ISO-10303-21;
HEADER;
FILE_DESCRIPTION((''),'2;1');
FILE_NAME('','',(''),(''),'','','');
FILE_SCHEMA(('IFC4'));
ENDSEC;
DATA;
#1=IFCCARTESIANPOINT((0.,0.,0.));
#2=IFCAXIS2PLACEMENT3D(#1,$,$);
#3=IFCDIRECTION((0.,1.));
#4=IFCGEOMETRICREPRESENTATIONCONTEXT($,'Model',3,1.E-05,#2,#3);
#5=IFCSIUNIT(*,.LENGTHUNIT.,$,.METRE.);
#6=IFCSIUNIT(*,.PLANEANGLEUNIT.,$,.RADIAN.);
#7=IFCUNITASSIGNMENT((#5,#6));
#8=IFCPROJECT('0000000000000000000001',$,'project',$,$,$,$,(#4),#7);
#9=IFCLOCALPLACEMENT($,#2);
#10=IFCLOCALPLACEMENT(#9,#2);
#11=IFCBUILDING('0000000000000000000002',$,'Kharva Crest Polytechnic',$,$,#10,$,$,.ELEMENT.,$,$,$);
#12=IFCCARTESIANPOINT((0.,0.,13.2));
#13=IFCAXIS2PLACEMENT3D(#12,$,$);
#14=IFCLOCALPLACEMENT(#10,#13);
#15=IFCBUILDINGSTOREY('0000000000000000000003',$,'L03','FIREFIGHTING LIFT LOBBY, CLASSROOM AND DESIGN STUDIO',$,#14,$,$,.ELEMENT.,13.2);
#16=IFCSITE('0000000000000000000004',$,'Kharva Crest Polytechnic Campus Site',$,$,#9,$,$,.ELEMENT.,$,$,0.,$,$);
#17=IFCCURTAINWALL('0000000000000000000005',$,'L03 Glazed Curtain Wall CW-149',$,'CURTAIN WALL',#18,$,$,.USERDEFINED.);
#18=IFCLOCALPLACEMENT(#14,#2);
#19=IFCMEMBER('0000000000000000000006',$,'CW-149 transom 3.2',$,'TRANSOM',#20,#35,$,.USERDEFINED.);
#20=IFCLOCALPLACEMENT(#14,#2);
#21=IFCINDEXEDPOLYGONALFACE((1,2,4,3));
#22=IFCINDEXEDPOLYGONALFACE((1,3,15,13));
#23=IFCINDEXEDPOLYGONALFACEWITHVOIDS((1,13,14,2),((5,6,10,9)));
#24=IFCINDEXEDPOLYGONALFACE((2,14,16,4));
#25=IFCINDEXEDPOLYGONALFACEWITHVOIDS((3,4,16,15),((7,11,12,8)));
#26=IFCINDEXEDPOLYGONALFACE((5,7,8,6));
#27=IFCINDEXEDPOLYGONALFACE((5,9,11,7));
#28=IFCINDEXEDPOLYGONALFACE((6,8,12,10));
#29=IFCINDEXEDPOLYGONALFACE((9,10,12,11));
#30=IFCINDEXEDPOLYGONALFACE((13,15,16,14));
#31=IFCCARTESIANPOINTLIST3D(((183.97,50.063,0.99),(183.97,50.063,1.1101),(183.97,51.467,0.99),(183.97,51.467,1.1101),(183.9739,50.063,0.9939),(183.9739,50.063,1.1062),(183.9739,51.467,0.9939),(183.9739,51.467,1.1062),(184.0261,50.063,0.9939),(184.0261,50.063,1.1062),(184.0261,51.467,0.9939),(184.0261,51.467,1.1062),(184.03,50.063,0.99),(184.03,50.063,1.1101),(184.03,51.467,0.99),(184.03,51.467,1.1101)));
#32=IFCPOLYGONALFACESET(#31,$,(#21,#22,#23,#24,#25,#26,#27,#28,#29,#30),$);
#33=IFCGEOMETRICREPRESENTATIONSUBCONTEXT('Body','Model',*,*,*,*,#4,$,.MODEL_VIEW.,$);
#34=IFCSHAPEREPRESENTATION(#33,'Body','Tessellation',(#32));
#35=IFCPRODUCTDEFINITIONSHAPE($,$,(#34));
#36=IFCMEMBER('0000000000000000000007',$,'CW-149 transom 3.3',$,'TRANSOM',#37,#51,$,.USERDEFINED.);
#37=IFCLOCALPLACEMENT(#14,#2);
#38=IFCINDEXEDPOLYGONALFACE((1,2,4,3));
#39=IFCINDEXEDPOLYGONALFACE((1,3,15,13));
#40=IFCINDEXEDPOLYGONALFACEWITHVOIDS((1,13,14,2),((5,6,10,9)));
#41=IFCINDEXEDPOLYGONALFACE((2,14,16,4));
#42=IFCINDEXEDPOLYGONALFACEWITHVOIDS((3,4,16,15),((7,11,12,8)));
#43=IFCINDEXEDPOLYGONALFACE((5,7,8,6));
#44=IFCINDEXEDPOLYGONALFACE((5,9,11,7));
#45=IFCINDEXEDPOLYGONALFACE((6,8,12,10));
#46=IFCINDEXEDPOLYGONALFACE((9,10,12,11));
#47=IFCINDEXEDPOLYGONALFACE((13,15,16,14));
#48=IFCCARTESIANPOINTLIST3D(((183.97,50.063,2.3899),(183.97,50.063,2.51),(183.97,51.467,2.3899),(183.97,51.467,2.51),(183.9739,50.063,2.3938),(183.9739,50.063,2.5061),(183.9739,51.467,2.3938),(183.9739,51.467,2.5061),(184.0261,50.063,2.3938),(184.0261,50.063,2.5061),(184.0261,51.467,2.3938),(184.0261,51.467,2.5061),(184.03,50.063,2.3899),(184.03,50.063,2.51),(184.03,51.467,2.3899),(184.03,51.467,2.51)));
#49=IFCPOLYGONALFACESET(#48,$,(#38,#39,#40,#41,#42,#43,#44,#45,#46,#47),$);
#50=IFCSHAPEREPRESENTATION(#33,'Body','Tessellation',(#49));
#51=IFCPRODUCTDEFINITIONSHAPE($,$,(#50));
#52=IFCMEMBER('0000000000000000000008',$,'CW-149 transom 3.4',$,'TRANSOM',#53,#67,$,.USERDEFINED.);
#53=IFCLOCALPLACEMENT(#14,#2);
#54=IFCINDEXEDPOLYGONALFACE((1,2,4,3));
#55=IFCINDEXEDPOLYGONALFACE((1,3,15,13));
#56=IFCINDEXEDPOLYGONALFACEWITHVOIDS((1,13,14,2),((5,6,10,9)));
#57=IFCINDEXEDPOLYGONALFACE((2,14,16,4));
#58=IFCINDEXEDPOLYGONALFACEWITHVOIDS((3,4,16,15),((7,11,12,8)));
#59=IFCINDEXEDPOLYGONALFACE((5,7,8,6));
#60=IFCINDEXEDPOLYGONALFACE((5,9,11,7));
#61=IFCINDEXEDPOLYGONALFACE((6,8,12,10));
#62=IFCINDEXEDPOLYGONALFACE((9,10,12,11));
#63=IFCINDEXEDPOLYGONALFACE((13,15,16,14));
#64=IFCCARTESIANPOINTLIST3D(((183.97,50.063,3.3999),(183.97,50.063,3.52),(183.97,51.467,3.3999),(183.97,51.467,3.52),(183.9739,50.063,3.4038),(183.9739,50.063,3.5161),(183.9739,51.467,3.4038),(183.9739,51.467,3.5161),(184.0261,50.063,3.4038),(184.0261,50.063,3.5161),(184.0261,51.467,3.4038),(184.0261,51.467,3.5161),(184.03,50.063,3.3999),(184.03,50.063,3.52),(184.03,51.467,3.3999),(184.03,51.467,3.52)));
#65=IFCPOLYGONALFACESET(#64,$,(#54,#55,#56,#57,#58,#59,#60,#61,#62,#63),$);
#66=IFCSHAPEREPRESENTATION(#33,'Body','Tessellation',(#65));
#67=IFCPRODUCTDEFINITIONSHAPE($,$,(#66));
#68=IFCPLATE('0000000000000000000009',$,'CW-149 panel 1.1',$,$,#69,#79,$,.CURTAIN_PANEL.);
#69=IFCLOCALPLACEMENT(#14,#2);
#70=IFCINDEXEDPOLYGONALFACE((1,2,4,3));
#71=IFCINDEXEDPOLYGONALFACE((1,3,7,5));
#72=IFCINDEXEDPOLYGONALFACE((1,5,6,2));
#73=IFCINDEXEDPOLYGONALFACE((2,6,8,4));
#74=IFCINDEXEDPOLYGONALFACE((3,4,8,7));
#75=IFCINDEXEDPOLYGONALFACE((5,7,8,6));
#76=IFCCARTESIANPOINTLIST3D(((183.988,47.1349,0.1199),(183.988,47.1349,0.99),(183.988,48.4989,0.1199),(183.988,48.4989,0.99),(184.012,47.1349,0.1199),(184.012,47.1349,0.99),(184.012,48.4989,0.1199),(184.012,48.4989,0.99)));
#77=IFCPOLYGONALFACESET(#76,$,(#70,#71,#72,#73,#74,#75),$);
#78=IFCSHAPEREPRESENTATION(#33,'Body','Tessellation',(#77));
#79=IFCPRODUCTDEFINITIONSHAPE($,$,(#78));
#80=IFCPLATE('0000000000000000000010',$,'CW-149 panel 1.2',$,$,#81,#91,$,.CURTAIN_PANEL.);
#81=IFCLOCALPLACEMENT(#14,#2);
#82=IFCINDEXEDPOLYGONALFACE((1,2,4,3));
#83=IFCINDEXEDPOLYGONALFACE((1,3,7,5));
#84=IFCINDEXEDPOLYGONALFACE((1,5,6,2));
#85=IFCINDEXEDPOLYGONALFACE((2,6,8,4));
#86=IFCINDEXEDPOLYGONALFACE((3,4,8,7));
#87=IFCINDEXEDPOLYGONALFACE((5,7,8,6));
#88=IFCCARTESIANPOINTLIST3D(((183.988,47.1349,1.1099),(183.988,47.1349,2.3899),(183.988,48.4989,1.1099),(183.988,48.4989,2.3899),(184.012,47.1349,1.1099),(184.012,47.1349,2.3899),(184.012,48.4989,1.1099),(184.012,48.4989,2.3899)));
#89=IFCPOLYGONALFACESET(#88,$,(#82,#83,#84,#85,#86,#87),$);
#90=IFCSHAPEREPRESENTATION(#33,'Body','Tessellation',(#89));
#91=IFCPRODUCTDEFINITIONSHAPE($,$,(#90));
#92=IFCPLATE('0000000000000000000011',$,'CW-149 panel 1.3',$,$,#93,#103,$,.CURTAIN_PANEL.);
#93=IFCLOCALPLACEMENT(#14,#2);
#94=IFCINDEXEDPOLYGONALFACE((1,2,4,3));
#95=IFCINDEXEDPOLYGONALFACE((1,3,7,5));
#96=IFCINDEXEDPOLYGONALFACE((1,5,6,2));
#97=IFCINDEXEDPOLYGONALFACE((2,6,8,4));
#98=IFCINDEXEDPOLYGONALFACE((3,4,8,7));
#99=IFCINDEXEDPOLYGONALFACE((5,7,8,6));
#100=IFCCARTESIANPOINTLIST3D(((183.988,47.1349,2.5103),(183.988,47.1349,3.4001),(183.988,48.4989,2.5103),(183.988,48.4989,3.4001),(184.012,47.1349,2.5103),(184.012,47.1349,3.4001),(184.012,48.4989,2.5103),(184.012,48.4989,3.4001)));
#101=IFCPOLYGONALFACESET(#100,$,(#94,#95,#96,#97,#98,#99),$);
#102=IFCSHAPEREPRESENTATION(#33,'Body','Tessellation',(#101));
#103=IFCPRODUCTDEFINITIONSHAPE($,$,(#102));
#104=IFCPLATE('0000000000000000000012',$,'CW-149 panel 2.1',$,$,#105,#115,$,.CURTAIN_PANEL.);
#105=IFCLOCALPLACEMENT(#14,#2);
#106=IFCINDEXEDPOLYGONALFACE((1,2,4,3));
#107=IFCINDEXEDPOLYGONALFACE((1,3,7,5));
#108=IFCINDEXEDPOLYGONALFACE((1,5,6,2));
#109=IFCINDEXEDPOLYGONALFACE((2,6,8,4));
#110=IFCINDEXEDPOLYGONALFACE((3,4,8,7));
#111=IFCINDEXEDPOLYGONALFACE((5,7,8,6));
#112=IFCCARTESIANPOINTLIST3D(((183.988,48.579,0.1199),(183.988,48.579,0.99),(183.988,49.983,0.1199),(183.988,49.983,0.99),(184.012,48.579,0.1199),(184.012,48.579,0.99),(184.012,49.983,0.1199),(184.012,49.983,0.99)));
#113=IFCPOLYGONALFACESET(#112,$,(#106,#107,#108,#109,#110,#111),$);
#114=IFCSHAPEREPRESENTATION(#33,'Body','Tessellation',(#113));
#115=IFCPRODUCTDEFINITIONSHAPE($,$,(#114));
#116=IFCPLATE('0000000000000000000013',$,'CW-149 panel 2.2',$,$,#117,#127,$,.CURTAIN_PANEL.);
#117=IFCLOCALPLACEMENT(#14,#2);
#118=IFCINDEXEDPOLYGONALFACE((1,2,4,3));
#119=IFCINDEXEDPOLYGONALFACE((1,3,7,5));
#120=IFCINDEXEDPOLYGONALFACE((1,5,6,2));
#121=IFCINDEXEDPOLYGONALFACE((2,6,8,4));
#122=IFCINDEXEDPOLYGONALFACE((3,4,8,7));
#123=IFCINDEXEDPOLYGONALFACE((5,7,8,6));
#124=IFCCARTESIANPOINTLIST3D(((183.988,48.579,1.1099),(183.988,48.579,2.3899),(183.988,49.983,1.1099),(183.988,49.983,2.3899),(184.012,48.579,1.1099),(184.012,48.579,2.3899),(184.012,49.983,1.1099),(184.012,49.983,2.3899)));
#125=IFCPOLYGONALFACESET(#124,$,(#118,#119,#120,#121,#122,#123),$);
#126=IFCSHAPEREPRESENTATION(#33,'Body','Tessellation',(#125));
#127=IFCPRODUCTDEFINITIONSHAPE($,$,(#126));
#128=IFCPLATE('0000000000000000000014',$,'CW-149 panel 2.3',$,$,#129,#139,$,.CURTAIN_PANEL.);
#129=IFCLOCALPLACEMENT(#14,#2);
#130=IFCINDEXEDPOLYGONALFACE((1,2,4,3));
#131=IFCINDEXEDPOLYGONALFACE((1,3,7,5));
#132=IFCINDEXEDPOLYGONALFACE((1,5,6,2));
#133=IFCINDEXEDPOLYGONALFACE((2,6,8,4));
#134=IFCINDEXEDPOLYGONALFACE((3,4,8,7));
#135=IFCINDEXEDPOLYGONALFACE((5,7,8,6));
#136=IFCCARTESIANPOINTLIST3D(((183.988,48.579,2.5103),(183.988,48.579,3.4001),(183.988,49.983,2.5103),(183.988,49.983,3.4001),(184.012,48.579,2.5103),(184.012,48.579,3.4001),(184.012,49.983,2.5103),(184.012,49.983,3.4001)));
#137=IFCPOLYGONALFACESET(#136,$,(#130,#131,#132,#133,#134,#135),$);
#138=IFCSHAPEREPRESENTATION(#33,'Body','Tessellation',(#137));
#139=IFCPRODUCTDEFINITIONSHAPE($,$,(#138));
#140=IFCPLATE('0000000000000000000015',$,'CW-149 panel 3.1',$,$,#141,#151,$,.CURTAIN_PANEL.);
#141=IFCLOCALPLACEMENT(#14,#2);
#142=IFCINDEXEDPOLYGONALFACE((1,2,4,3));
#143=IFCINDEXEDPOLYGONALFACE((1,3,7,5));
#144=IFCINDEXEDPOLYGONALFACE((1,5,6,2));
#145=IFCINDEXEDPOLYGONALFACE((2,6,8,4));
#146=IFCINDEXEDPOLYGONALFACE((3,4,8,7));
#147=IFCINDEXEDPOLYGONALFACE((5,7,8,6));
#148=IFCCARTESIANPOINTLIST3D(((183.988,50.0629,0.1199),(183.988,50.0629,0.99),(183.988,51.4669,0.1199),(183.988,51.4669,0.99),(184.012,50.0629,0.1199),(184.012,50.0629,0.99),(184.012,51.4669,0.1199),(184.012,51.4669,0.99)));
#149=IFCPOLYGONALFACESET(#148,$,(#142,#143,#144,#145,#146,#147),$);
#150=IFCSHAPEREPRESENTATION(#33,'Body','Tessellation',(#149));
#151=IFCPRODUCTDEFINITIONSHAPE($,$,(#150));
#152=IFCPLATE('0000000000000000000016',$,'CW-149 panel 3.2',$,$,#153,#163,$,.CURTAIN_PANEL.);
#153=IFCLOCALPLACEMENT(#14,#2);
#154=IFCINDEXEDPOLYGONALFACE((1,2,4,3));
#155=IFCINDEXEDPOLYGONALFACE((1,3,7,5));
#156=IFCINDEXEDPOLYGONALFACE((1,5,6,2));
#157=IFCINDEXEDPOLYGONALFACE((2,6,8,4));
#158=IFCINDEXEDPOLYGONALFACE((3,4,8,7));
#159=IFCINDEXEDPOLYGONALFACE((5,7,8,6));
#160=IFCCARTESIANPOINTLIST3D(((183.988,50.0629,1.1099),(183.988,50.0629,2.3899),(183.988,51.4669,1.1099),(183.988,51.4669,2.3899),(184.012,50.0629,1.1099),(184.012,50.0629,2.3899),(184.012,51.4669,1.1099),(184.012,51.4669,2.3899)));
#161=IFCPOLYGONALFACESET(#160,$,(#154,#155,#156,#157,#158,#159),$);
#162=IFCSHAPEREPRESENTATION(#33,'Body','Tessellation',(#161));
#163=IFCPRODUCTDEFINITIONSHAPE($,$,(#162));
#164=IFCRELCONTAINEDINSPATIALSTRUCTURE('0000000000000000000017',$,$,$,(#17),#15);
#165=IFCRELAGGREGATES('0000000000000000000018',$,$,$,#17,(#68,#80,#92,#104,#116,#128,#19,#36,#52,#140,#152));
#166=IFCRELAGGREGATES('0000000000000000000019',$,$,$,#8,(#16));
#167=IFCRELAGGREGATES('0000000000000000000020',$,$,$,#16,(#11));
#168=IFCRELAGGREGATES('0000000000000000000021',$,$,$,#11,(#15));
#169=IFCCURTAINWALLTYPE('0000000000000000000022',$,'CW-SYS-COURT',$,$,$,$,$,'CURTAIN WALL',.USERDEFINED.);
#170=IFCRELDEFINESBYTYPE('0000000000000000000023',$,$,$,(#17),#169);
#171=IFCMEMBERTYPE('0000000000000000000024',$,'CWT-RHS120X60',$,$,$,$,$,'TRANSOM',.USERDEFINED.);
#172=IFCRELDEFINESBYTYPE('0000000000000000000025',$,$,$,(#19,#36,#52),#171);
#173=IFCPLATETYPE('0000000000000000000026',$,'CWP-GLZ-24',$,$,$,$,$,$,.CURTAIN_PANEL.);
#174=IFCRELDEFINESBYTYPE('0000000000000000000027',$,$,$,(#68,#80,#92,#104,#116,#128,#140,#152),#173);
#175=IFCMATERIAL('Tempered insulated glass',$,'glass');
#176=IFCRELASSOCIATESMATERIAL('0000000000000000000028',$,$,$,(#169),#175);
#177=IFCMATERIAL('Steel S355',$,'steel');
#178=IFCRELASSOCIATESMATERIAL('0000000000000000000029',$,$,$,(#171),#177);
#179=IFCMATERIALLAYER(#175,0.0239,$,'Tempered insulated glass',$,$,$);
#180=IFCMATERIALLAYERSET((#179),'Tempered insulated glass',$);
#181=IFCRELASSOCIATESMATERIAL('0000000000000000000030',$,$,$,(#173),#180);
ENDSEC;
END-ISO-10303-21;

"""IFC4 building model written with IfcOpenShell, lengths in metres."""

from ifc_helpers import new_model, si_unit, direction, frame, origin, origin_2d, place, context, subcontext, project, spatial, rectangle, hollow_rectangle, extrude, material, layer, layer_set, material_profile, profile_set, type_object, element, aggregate, save


model = new_model("IFC4")

# Units and contexts
model_context = context("Model", 3, precision=1e-05, world=origin(), true_north=direction((0.0, 1.0)))
body_context = subcontext(model_context, "Body", "Model", "MODEL_VIEW")
ifc_project = project(units=[si_unit("LENGTHUNIT", "METRE"), si_unit("PLANEANGLEUNIT", "RADIAN")], contexts=[model_context])

# Site, building, storey
site_placement = place(None, origin())
site = spatial("IfcSite", under=ifc_project, at=site_placement, Name="Kharva Crest Polytechnic Campus Site", CompositionType="ELEMENT", RefElevation=0.0)
building_placement = place(site_placement, origin())
building = spatial("IfcBuilding", under=site, at=building_placement, Name="Kharva Crest Polytechnic", CompositionType="ELEMENT")
storey_placement = place(building_placement, frame((0.0, 0.0, 13.2)))
storey = spatial("IfcBuildingStorey", under=building, at=storey_placement, Name="L03", Description="FIREFIGHTING LIFT LOBBY, CLASSROOM AND DESIGN STUDIO", CompositionType="ELEMENT", Elevation=13.2)

# Curtain wall, members, plates
ifc_material_1 = material(Name="Tempered insulated glass", Category="glass")
curtain_wall_type = type_object("IfcCurtainWallType", Name="CW-SYS-COURT", ElementType="CURTAIN WALL", PredefinedType="USERDEFINED", material=ifc_material_1)
curtain_wall_placement = place(storey_placement, origin())
curtain_wall = element("IfcCurtainWall", 1, at=curtain_wall_placement, inside=storey, type_object=curtain_wall_type, Name="L03 Glazed Curtain Wall CW-149", ObjectType="CURTAIN WALL", PredefinedType="USERDEFINED")
ifc_material_2 = material(Name="Steel S355", Category="steel")
ifc_material_profile_1 = material_profile(ifc_material_2, hollow_rectangle(XDim=0.0601, YDim=0.1201, WallThickness=0.0039, at=origin_2d()), Name="RHS 120X60X4.0")
ifc_profile_set_1 = profile_set([ifc_material_profile_1], Name="Steel S355")
member_type_1 = type_object("IfcMemberType", Name="CWT-RHS120X60", ElementType="TRANSOM", PredefinedType="USERDEFINED", material=ifc_profile_set_1)
member_1_placement = place(storey_placement, frame((184.0, 50.063, 1.05), z_axis=(0.0, 1.0, 0.0), x_axis=(-1.0, 0.0, 0.0)))
member_1 = element("IfcMember", 2, at=member_1_placement, type_object=member_type_1, Name="CW-149 transom 3.2", ObjectType="TRANSOM", PredefinedType="USERDEFINED", context=body_context, shape_type="SweptSolid", body=[
    extrude(hollow_rectangle(XDim=0.0601, YDim=0.1201, WallThickness=0.0039, at=origin_2d()), origin(), (0.0, 0.0, 1.0), 1.4041),
])
member_2_placement = place(storey_placement, frame((184.0, 50.063, 2.45), z_axis=(0.0, 1.0, 0.0), x_axis=(-1.0, 0.0, 0.0)))
member_2 = element("IfcMember", 3, at=member_2_placement, type_object=member_type_1, Name="CW-149 transom 3.3", ObjectType="TRANSOM", PredefinedType="USERDEFINED", context=body_context, shape_type="SweptSolid", body=[
    extrude(hollow_rectangle(XDim=0.0601, YDim=0.1201, WallThickness=0.0039, at=origin_2d()), origin(), (0.0, 0.0, 1.0), 1.4041),
])
member_3_placement = place(storey_placement, frame((184.0, 50.063, 3.46), z_axis=(0.0, 1.0, 0.0), x_axis=(-1.0, 0.0, 0.0)))
member_3 = element("IfcMember", 4, at=member_3_placement, type_object=member_type_1, Name="CW-149 transom 3.4", ObjectType="TRANSOM", PredefinedType="USERDEFINED", context=body_context, shape_type="SweptSolid", body=[
    extrude(hollow_rectangle(XDim=0.0601, YDim=0.1201, WallThickness=0.0039, at=origin_2d()), origin(), (0.0, 0.0, 1.0), 1.4041),
])
ifc_layer = layer(ifc_material_1, 0.0239, Name="Tempered insulated glass")
ifc_layer_set = layer_set([ifc_layer], Name="Tempered insulated glass")
plate_type = type_object("IfcPlateType", Name="CWP-GLZ-24", PredefinedType="CURTAIN_PANEL", material=ifc_layer_set)
plate_1_placement = place(storey_placement, frame((184.0, 47.8169, 0.1199), z_axis=(0.0, 0.0, 1.0), x_axis=(0.0, 1.0, 0.0)))
plate_1 = element("IfcPlate", 5, at=plate_1_placement, type_object=plate_type, Name="CW-149 panel 1.1", PredefinedType="CURTAIN_PANEL", context=body_context, shape_type="SweptSolid", body=[
    extrude(rectangle(XDim=1.364, YDim=0.0239, at=origin_2d()), origin(), (0.0, 0.0, 1.0), 0.8701),
])
plate_2_placement = place(storey_placement, frame((184.0, 47.8169, 1.1099), z_axis=(0.0, 0.0, 1.0), x_axis=(0.0, 1.0, 0.0)))
plate_2 = element("IfcPlate", 6, at=plate_2_placement, type_object=plate_type, Name="CW-149 panel 1.2", PredefinedType="CURTAIN_PANEL", context=body_context, shape_type="SweptSolid", body=[
    extrude(rectangle(XDim=1.364, YDim=0.0239, at=origin_2d()), origin(), (0.0, 0.0, 1.0), 1.28),
])
plate_3_placement = place(storey_placement, frame((184.0, 47.8169, 2.5103), z_axis=(0.0, 0.0, 1.0), x_axis=(0.0, 1.0, 0.0)))
plate_3 = element("IfcPlate", 7, at=plate_3_placement, type_object=plate_type, Name="CW-149 panel 1.3", PredefinedType="CURTAIN_PANEL", context=body_context, shape_type="SweptSolid", body=[
    extrude(rectangle(XDim=1.364, YDim=0.0239, at=origin_2d()), origin(), (0.0, 0.0, 1.0), 0.8899),
])
plate_4_placement = place(storey_placement, frame((184.0, 49.281, 0.1199), z_axis=(0.0, 0.0, 1.0), x_axis=(0.0, 1.0, 0.0)))
plate_4 = element("IfcPlate", 8, at=plate_4_placement, type_object=plate_type, Name="CW-149 panel 2.1", PredefinedType="CURTAIN_PANEL", context=body_context, shape_type="SweptSolid", body=[
    extrude(rectangle(XDim=1.4041, YDim=0.0239, at=origin_2d()), origin(), (0.0, 0.0, 1.0), 0.8701),
])
plate_5_placement = place(storey_placement, frame((184.0, 49.281, 1.1099), z_axis=(0.0, 0.0, 1.0), x_axis=(0.0, 1.0, 0.0)))
plate_5 = element("IfcPlate", 9, at=plate_5_placement, type_object=plate_type, Name="CW-149 panel 2.2", PredefinedType="CURTAIN_PANEL", context=body_context, shape_type="SweptSolid", body=[
    extrude(rectangle(XDim=1.4041, YDim=0.0239, at=origin_2d()), origin(), (0.0, 0.0, 1.0), 1.28),
])
plate_6_placement = place(storey_placement, frame((184.0, 49.281, 2.5103), z_axis=(0.0, 0.0, 1.0), x_axis=(0.0, 1.0, 0.0)))
plate_6 = element("IfcPlate", 10, at=plate_6_placement, type_object=plate_type, Name="CW-149 panel 2.3", PredefinedType="CURTAIN_PANEL", context=body_context, shape_type="SweptSolid", body=[
    extrude(rectangle(XDim=1.4041, YDim=0.0239, at=origin_2d()), origin(), (0.0, 0.0, 1.0), 0.8899),
])
plate_7_placement = place(storey_placement, frame((184.0, 50.7649, 0.1199), z_axis=(0.0, 0.0, 1.0), x_axis=(0.0, 1.0, 0.0)))
plate_7 = element("IfcPlate", 11, at=plate_7_placement, type_object=plate_type, Name="CW-149 panel 3.1", PredefinedType="CURTAIN_PANEL", context=body_context, shape_type="SweptSolid", body=[
    extrude(rectangle(XDim=1.4041, YDim=0.0239, at=origin_2d()), origin(), (0.0, 0.0, 1.0), 0.8701),
])
plate_8_placement = place(storey_placement, frame((184.0, 50.7649, 1.1099), z_axis=(0.0, 0.0, 1.0), x_axis=(0.0, 1.0, 0.0)))
plate_8 = element("IfcPlate", 12, at=plate_8_placement, type_object=plate_type, Name="CW-149 panel 3.2", PredefinedType="CURTAIN_PANEL", context=body_context, shape_type="SweptSolid", body=[
    extrude(rectangle(XDim=1.4041, YDim=0.0239, at=origin_2d()), origin(), (0.0, 0.0, 1.0), 1.28),
])
aggregate(curtain_wall, [plate_1, plate_2, plate_3, plate_4, plate_5, plate_6, member_1, member_2, member_3, plate_7, plate_8])

save(model, "model.ifc")
